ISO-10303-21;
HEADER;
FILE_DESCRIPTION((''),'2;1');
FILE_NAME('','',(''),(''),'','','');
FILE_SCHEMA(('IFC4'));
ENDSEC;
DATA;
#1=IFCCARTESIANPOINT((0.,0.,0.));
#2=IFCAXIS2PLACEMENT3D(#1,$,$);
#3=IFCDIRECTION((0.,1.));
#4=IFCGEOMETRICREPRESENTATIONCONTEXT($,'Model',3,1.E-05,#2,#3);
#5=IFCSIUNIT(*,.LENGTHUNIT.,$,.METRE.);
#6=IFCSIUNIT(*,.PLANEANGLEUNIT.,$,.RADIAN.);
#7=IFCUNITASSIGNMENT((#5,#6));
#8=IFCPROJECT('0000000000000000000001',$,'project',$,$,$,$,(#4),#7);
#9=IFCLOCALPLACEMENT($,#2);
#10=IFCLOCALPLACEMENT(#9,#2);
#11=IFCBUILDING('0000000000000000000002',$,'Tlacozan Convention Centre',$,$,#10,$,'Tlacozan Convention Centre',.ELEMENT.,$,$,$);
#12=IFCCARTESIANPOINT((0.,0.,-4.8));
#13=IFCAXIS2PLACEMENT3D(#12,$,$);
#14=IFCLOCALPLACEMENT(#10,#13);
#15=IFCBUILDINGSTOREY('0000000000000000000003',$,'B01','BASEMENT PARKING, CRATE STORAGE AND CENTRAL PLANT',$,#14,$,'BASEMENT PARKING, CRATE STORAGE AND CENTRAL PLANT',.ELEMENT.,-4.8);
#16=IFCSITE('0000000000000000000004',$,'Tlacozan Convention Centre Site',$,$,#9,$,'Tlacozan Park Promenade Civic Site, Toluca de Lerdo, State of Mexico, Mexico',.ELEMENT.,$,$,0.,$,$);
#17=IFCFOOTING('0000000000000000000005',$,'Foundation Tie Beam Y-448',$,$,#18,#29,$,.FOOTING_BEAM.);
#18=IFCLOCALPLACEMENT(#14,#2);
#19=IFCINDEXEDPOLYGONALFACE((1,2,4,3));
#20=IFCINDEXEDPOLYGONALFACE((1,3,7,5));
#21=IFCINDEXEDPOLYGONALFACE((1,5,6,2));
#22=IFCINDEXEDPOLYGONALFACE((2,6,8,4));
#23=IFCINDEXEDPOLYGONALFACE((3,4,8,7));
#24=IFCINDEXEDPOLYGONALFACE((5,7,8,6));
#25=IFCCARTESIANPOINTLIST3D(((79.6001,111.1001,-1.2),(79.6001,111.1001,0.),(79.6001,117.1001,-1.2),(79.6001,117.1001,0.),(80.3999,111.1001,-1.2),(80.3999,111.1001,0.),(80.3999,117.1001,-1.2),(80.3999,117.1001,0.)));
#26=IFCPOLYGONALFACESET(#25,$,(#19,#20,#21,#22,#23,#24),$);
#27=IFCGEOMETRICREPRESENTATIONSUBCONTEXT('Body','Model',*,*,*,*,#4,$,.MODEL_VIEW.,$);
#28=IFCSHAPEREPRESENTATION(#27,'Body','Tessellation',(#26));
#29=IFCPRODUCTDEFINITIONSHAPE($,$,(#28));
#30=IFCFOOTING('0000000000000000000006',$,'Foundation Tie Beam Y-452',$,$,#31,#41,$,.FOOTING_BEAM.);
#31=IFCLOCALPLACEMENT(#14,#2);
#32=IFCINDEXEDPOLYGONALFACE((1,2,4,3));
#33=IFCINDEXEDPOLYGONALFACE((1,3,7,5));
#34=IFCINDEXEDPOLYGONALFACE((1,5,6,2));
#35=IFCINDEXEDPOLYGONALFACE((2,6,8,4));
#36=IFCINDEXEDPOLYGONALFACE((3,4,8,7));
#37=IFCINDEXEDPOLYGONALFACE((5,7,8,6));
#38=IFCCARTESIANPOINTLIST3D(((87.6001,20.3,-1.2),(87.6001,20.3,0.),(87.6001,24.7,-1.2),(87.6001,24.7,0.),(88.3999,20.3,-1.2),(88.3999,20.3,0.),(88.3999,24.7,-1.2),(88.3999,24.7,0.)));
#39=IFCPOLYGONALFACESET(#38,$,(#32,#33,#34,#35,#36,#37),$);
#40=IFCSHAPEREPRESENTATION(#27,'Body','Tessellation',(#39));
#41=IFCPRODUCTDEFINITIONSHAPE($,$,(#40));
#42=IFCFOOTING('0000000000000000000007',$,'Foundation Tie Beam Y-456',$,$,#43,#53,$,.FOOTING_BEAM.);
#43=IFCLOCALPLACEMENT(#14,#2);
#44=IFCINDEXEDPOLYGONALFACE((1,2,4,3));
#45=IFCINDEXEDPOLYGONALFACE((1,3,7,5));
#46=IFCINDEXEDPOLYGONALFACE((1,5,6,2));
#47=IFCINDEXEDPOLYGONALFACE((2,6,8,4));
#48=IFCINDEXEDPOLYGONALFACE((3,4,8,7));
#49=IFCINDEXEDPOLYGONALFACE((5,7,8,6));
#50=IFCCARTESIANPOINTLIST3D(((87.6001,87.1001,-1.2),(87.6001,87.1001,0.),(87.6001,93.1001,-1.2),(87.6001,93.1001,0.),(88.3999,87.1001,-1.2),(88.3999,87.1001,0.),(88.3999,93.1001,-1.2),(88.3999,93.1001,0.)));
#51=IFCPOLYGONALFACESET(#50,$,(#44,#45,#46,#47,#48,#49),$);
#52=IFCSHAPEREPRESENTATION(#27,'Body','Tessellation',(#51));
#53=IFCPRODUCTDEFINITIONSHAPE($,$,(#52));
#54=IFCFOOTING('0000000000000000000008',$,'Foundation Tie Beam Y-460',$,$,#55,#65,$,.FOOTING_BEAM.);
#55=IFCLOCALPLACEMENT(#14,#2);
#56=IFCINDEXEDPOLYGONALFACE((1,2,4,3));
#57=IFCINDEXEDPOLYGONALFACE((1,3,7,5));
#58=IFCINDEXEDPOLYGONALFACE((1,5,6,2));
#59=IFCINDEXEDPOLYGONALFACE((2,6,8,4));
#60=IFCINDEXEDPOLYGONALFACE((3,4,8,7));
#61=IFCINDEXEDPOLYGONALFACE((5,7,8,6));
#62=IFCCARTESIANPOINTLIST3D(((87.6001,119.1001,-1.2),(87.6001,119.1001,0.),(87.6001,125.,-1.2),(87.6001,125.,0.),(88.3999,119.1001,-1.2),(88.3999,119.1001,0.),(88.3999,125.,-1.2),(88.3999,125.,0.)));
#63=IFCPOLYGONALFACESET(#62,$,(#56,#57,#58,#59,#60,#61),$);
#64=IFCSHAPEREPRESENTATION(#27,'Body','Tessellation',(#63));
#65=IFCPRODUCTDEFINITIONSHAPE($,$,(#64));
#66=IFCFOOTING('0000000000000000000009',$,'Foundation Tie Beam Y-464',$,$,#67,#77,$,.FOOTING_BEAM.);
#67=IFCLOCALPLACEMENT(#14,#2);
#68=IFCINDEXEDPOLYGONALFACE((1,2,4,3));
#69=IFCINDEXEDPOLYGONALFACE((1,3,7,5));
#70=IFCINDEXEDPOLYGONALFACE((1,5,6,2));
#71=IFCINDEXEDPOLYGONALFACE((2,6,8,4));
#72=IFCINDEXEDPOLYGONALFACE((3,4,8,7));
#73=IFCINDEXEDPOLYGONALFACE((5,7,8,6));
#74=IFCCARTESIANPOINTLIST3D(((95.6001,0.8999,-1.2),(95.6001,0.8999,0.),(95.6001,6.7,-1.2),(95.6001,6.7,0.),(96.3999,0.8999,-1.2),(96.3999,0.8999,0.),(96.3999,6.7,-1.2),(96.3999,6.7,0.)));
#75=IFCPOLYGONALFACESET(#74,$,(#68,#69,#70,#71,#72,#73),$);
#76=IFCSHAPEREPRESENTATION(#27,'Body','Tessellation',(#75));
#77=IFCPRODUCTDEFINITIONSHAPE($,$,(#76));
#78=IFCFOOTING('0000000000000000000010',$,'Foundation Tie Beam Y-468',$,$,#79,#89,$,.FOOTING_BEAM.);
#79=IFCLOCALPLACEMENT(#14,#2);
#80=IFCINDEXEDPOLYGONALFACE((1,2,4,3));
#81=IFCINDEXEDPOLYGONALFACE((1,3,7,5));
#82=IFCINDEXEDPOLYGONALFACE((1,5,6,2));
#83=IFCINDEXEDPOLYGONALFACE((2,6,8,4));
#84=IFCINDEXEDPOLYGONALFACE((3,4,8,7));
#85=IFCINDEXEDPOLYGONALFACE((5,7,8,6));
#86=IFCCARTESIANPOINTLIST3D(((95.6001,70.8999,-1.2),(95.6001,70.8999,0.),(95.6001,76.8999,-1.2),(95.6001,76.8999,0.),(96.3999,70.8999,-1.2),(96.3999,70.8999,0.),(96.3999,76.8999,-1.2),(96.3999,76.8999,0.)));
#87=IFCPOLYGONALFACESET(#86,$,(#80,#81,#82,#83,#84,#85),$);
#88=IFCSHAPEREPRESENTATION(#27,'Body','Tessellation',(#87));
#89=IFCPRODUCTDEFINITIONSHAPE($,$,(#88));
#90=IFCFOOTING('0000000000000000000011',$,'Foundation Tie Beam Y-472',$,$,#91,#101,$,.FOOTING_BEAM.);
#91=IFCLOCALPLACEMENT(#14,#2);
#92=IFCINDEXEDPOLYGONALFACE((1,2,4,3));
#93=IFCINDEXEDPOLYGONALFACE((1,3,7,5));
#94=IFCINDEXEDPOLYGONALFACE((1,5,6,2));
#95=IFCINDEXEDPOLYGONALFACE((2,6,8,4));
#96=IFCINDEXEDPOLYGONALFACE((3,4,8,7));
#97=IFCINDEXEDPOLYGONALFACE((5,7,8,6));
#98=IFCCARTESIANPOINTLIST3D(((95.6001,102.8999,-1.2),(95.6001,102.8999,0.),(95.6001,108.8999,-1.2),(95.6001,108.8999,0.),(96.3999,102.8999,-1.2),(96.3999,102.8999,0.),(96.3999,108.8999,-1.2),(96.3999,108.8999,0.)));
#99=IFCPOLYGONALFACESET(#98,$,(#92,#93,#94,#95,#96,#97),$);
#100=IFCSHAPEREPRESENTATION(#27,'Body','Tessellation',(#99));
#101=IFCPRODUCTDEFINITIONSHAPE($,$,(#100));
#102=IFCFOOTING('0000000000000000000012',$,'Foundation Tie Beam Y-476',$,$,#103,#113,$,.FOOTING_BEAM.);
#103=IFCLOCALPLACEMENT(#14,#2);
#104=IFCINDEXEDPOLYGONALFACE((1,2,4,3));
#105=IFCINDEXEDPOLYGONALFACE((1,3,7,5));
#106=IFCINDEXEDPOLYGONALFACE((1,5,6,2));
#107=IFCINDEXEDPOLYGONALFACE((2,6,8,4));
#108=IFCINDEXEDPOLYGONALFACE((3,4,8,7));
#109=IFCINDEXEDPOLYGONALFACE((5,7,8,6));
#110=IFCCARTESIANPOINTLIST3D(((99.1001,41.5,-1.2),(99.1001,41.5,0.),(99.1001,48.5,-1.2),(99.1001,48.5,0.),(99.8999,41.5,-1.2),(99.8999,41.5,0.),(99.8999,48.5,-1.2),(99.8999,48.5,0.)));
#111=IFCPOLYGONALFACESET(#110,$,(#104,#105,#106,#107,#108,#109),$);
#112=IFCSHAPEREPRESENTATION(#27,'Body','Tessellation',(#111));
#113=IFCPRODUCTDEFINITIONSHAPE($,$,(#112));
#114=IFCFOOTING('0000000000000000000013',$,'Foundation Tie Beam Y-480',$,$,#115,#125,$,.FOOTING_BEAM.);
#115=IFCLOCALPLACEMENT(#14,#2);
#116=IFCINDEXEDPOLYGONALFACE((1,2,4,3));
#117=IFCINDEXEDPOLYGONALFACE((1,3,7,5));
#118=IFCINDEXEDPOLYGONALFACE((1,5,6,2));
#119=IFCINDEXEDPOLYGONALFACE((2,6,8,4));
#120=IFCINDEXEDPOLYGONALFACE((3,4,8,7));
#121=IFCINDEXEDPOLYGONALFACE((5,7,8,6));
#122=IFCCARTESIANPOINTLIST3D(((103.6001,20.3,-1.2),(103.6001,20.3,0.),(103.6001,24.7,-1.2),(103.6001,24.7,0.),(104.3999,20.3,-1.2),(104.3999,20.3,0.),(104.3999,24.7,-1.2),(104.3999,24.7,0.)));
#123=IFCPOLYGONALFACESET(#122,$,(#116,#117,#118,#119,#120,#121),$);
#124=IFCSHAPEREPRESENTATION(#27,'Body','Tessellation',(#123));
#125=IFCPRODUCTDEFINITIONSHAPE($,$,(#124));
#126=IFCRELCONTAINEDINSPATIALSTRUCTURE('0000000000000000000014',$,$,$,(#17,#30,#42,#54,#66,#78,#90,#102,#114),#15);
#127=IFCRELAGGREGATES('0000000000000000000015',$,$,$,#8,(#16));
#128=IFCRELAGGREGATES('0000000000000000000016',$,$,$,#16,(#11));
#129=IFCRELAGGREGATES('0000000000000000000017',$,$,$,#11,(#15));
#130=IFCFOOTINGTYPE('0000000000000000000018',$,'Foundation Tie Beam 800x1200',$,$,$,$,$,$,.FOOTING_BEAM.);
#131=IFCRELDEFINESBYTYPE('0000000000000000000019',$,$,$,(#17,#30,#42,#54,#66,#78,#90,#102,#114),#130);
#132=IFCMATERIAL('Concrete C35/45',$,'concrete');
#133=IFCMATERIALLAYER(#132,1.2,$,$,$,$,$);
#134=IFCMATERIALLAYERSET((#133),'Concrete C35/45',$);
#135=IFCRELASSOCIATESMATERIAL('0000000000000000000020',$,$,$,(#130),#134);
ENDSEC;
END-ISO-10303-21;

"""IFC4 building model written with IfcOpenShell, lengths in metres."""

from ifc_helpers import new_model, si_unit, direction, frame, origin, place, context, subcontext, project, spatial, polyline, outline, extrude, material, layer, layer_set, type_object, element, save


model = new_model("IFC4")

# Units and contexts
model_context = context("Model", 3, precision=1e-05, world=origin(), true_north=direction((0.0, 1.0)))
body_context = subcontext(model_context, "Body", "Model", "MODEL_VIEW")
ifc_project = project(units=[si_unit("LENGTHUNIT", "METRE"), si_unit("PLANEANGLEUNIT", "RADIAN")], contexts=[model_context])

# Site, building, storey
site_placement = place(None, origin())
site = spatial("IfcSite", under=ifc_project, at=site_placement, Name="Tlacozan Convention Centre Site", LongName="Tlacozan Park Promenade Civic Site, Toluca de Lerdo, State of Mexico, Mexico", CompositionType="ELEMENT", RefElevation=0.0)
building_placement = place(site_placement, origin())
building = spatial("IfcBuilding", under=site, at=building_placement, Name="Tlacozan Convention Centre", LongName="Tlacozan Convention Centre", CompositionType="ELEMENT")
storey_placement = place(building_placement, frame((0.0, 0.0, -4.8)))
storey = spatial("IfcBuildingStorey", under=building, at=storey_placement, Name="B01", Description="BASEMENT PARKING, CRATE STORAGE AND CENTRAL PLANT", LongName="BASEMENT PARKING, CRATE STORAGE AND CENTRAL PLANT", CompositionType="ELEMENT", Elevation=-4.8)

# Footings
ifc_material = material(Name="Concrete C35/45", Category="concrete")
ifc_layer = layer(ifc_material, 1.2)
ifc_layer_set = layer_set([ifc_layer], Name="Concrete C35/45")
footing_type = type_object("IfcFootingType", Name="Foundation Tie Beam 800x1200", PredefinedType="FOOTING_BEAM", material=ifc_layer_set)
footing_1_placement = place(storey_placement, frame((0.0, 0.0, -1.2)))
element("IfcFooting", 1, at=footing_1_placement, inside=storey, type_object=footing_type, Name="Foundation Tie Beam Y-448", PredefinedType="FOOTING_BEAM", context=body_context, shape_type="SweptSolid", body=[
    extrude(outline(polyline([(79.6001, 111.1001), (80.3999, 111.1001), (80.3999, 117.1001), (79.6001, 117.1001), (79.6001, 111.1001)])), origin(), (0.0, 0.0, 1.0), 1.2),
])
footing_2_placement = place(storey_placement, frame((0.0, 0.0, -1.2)))
element("IfcFooting", 2, at=footing_2_placement, inside=storey, type_object=footing_type, Name="Foundation Tie Beam Y-452", PredefinedType="FOOTING_BEAM", context=body_context, shape_type="SweptSolid", body=[
    extrude(outline(polyline([(87.6001, 20.3), (88.3999, 20.3), (88.3999, 24.7), (87.6001, 24.7), (87.6001, 20.3)])), origin(), (0.0, 0.0, 1.0), 1.2),
])
footing_3_placement = place(storey_placement, frame((0.0, 0.0, -1.2)))
element("IfcFooting", 3, at=footing_3_placement, inside=storey, type_object=footing_type, Name="Foundation Tie Beam Y-456", PredefinedType="FOOTING_BEAM", context=body_context, shape_type="SweptSolid", body=[
    extrude(outline(polyline([(87.6001, 87.1001), (88.3999, 87.1001), (88.3999, 93.1001), (87.6001, 93.1001), (87.6001, 87.1001)])), origin(), (0.0, 0.0, 1.0), 1.2),
])
footing_4_placement = place(storey_placement, frame((0.0, 0.0, -1.2)))
element("IfcFooting", 4, at=footing_4_placement, inside=storey, type_object=footing_type, Name="Foundation Tie Beam Y-460", PredefinedType="FOOTING_BEAM", context=body_context, shape_type="SweptSolid", body=[
    extrude(outline(polyline([(87.6001, 119.1001), (88.3999, 119.1001), (88.3999, 125.0), (87.6001, 125.0), (87.6001, 119.1001)])), origin(), (0.0, 0.0, 1.0), 1.2),
])
footing_5_placement = place(storey_placement, frame((0.0, 0.0, -1.2)))
element("IfcFooting", 5, at=footing_5_placement, inside=storey, type_object=footing_type, Name="Foundation Tie Beam Y-464", PredefinedType="FOOTING_BEAM", context=body_context, shape_type="SweptSolid", body=[
    extrude(outline(polyline([(95.6001, 0.8999), (96.3999, 0.8999), (96.3999, 6.7), (95.6001, 6.7), (95.6001, 0.8999)])), origin(), (0.0, 0.0, 1.0), 1.2),
])
footing_6_placement = place(storey_placement, frame((0.0, 0.0, -1.2)))
element("IfcFooting", 6, at=footing_6_placement, inside=storey, type_object=footing_type, Name="Foundation Tie Beam Y-468", PredefinedType="FOOTING_BEAM", context=body_context, shape_type="SweptSolid", body=[
    extrude(outline(polyline([(95.6001, 70.8999), (96.3999, 70.8999), (96.3999, 76.8999), (95.6001, 76.8999), (95.6001, 70.8999)])), origin(), (0.0, 0.0, 1.0), 1.2),
])
footing_7_placement = place(storey_placement, frame((0.0, 0.0, -1.2)))
element("IfcFooting", 7, at=footing_7_placement, inside=storey, type_object=footing_type, Name="Foundation Tie Beam Y-472", PredefinedType="FOOTING_BEAM", context=body_context, shape_type="SweptSolid", body=[
    extrude(outline(polyline([(95.6001, 102.8999), (96.3999, 102.8999), (96.3999, 108.8999), (95.6001, 108.8999), (95.6001, 102.8999)])), origin(), (0.0, 0.0, 1.0), 1.2),
])
footing_8_placement = place(storey_placement, frame((0.0, 0.0, -1.2)))
element("IfcFooting", 8, at=footing_8_placement, inside=storey, type_object=footing_type, Name="Foundation Tie Beam Y-476", PredefinedType="FOOTING_BEAM", context=body_context, shape_type="SweptSolid", body=[
    extrude(outline(polyline([(99.1001, 41.5), (99.8999, 41.5), (99.8999, 48.5), (99.1001, 48.5), (99.1001, 41.5)])), origin(), (0.0, 0.0, 1.0), 1.2),
])
footing_9_placement = place(storey_placement, frame((0.0, 0.0, -1.2)))
element("IfcFooting", 9, at=footing_9_placement, inside=storey, type_object=footing_type, Name="Foundation Tie Beam Y-480", PredefinedType="FOOTING_BEAM", context=body_context, shape_type="SweptSolid", body=[
    extrude(outline(polyline([(103.6001, 20.3), (104.3999, 20.3), (104.3999, 24.7), (103.6001, 24.7), (103.6001, 20.3)])), origin(), (0.0, 0.0, 1.0), 1.2),
])

save(model, "model.ifc")
